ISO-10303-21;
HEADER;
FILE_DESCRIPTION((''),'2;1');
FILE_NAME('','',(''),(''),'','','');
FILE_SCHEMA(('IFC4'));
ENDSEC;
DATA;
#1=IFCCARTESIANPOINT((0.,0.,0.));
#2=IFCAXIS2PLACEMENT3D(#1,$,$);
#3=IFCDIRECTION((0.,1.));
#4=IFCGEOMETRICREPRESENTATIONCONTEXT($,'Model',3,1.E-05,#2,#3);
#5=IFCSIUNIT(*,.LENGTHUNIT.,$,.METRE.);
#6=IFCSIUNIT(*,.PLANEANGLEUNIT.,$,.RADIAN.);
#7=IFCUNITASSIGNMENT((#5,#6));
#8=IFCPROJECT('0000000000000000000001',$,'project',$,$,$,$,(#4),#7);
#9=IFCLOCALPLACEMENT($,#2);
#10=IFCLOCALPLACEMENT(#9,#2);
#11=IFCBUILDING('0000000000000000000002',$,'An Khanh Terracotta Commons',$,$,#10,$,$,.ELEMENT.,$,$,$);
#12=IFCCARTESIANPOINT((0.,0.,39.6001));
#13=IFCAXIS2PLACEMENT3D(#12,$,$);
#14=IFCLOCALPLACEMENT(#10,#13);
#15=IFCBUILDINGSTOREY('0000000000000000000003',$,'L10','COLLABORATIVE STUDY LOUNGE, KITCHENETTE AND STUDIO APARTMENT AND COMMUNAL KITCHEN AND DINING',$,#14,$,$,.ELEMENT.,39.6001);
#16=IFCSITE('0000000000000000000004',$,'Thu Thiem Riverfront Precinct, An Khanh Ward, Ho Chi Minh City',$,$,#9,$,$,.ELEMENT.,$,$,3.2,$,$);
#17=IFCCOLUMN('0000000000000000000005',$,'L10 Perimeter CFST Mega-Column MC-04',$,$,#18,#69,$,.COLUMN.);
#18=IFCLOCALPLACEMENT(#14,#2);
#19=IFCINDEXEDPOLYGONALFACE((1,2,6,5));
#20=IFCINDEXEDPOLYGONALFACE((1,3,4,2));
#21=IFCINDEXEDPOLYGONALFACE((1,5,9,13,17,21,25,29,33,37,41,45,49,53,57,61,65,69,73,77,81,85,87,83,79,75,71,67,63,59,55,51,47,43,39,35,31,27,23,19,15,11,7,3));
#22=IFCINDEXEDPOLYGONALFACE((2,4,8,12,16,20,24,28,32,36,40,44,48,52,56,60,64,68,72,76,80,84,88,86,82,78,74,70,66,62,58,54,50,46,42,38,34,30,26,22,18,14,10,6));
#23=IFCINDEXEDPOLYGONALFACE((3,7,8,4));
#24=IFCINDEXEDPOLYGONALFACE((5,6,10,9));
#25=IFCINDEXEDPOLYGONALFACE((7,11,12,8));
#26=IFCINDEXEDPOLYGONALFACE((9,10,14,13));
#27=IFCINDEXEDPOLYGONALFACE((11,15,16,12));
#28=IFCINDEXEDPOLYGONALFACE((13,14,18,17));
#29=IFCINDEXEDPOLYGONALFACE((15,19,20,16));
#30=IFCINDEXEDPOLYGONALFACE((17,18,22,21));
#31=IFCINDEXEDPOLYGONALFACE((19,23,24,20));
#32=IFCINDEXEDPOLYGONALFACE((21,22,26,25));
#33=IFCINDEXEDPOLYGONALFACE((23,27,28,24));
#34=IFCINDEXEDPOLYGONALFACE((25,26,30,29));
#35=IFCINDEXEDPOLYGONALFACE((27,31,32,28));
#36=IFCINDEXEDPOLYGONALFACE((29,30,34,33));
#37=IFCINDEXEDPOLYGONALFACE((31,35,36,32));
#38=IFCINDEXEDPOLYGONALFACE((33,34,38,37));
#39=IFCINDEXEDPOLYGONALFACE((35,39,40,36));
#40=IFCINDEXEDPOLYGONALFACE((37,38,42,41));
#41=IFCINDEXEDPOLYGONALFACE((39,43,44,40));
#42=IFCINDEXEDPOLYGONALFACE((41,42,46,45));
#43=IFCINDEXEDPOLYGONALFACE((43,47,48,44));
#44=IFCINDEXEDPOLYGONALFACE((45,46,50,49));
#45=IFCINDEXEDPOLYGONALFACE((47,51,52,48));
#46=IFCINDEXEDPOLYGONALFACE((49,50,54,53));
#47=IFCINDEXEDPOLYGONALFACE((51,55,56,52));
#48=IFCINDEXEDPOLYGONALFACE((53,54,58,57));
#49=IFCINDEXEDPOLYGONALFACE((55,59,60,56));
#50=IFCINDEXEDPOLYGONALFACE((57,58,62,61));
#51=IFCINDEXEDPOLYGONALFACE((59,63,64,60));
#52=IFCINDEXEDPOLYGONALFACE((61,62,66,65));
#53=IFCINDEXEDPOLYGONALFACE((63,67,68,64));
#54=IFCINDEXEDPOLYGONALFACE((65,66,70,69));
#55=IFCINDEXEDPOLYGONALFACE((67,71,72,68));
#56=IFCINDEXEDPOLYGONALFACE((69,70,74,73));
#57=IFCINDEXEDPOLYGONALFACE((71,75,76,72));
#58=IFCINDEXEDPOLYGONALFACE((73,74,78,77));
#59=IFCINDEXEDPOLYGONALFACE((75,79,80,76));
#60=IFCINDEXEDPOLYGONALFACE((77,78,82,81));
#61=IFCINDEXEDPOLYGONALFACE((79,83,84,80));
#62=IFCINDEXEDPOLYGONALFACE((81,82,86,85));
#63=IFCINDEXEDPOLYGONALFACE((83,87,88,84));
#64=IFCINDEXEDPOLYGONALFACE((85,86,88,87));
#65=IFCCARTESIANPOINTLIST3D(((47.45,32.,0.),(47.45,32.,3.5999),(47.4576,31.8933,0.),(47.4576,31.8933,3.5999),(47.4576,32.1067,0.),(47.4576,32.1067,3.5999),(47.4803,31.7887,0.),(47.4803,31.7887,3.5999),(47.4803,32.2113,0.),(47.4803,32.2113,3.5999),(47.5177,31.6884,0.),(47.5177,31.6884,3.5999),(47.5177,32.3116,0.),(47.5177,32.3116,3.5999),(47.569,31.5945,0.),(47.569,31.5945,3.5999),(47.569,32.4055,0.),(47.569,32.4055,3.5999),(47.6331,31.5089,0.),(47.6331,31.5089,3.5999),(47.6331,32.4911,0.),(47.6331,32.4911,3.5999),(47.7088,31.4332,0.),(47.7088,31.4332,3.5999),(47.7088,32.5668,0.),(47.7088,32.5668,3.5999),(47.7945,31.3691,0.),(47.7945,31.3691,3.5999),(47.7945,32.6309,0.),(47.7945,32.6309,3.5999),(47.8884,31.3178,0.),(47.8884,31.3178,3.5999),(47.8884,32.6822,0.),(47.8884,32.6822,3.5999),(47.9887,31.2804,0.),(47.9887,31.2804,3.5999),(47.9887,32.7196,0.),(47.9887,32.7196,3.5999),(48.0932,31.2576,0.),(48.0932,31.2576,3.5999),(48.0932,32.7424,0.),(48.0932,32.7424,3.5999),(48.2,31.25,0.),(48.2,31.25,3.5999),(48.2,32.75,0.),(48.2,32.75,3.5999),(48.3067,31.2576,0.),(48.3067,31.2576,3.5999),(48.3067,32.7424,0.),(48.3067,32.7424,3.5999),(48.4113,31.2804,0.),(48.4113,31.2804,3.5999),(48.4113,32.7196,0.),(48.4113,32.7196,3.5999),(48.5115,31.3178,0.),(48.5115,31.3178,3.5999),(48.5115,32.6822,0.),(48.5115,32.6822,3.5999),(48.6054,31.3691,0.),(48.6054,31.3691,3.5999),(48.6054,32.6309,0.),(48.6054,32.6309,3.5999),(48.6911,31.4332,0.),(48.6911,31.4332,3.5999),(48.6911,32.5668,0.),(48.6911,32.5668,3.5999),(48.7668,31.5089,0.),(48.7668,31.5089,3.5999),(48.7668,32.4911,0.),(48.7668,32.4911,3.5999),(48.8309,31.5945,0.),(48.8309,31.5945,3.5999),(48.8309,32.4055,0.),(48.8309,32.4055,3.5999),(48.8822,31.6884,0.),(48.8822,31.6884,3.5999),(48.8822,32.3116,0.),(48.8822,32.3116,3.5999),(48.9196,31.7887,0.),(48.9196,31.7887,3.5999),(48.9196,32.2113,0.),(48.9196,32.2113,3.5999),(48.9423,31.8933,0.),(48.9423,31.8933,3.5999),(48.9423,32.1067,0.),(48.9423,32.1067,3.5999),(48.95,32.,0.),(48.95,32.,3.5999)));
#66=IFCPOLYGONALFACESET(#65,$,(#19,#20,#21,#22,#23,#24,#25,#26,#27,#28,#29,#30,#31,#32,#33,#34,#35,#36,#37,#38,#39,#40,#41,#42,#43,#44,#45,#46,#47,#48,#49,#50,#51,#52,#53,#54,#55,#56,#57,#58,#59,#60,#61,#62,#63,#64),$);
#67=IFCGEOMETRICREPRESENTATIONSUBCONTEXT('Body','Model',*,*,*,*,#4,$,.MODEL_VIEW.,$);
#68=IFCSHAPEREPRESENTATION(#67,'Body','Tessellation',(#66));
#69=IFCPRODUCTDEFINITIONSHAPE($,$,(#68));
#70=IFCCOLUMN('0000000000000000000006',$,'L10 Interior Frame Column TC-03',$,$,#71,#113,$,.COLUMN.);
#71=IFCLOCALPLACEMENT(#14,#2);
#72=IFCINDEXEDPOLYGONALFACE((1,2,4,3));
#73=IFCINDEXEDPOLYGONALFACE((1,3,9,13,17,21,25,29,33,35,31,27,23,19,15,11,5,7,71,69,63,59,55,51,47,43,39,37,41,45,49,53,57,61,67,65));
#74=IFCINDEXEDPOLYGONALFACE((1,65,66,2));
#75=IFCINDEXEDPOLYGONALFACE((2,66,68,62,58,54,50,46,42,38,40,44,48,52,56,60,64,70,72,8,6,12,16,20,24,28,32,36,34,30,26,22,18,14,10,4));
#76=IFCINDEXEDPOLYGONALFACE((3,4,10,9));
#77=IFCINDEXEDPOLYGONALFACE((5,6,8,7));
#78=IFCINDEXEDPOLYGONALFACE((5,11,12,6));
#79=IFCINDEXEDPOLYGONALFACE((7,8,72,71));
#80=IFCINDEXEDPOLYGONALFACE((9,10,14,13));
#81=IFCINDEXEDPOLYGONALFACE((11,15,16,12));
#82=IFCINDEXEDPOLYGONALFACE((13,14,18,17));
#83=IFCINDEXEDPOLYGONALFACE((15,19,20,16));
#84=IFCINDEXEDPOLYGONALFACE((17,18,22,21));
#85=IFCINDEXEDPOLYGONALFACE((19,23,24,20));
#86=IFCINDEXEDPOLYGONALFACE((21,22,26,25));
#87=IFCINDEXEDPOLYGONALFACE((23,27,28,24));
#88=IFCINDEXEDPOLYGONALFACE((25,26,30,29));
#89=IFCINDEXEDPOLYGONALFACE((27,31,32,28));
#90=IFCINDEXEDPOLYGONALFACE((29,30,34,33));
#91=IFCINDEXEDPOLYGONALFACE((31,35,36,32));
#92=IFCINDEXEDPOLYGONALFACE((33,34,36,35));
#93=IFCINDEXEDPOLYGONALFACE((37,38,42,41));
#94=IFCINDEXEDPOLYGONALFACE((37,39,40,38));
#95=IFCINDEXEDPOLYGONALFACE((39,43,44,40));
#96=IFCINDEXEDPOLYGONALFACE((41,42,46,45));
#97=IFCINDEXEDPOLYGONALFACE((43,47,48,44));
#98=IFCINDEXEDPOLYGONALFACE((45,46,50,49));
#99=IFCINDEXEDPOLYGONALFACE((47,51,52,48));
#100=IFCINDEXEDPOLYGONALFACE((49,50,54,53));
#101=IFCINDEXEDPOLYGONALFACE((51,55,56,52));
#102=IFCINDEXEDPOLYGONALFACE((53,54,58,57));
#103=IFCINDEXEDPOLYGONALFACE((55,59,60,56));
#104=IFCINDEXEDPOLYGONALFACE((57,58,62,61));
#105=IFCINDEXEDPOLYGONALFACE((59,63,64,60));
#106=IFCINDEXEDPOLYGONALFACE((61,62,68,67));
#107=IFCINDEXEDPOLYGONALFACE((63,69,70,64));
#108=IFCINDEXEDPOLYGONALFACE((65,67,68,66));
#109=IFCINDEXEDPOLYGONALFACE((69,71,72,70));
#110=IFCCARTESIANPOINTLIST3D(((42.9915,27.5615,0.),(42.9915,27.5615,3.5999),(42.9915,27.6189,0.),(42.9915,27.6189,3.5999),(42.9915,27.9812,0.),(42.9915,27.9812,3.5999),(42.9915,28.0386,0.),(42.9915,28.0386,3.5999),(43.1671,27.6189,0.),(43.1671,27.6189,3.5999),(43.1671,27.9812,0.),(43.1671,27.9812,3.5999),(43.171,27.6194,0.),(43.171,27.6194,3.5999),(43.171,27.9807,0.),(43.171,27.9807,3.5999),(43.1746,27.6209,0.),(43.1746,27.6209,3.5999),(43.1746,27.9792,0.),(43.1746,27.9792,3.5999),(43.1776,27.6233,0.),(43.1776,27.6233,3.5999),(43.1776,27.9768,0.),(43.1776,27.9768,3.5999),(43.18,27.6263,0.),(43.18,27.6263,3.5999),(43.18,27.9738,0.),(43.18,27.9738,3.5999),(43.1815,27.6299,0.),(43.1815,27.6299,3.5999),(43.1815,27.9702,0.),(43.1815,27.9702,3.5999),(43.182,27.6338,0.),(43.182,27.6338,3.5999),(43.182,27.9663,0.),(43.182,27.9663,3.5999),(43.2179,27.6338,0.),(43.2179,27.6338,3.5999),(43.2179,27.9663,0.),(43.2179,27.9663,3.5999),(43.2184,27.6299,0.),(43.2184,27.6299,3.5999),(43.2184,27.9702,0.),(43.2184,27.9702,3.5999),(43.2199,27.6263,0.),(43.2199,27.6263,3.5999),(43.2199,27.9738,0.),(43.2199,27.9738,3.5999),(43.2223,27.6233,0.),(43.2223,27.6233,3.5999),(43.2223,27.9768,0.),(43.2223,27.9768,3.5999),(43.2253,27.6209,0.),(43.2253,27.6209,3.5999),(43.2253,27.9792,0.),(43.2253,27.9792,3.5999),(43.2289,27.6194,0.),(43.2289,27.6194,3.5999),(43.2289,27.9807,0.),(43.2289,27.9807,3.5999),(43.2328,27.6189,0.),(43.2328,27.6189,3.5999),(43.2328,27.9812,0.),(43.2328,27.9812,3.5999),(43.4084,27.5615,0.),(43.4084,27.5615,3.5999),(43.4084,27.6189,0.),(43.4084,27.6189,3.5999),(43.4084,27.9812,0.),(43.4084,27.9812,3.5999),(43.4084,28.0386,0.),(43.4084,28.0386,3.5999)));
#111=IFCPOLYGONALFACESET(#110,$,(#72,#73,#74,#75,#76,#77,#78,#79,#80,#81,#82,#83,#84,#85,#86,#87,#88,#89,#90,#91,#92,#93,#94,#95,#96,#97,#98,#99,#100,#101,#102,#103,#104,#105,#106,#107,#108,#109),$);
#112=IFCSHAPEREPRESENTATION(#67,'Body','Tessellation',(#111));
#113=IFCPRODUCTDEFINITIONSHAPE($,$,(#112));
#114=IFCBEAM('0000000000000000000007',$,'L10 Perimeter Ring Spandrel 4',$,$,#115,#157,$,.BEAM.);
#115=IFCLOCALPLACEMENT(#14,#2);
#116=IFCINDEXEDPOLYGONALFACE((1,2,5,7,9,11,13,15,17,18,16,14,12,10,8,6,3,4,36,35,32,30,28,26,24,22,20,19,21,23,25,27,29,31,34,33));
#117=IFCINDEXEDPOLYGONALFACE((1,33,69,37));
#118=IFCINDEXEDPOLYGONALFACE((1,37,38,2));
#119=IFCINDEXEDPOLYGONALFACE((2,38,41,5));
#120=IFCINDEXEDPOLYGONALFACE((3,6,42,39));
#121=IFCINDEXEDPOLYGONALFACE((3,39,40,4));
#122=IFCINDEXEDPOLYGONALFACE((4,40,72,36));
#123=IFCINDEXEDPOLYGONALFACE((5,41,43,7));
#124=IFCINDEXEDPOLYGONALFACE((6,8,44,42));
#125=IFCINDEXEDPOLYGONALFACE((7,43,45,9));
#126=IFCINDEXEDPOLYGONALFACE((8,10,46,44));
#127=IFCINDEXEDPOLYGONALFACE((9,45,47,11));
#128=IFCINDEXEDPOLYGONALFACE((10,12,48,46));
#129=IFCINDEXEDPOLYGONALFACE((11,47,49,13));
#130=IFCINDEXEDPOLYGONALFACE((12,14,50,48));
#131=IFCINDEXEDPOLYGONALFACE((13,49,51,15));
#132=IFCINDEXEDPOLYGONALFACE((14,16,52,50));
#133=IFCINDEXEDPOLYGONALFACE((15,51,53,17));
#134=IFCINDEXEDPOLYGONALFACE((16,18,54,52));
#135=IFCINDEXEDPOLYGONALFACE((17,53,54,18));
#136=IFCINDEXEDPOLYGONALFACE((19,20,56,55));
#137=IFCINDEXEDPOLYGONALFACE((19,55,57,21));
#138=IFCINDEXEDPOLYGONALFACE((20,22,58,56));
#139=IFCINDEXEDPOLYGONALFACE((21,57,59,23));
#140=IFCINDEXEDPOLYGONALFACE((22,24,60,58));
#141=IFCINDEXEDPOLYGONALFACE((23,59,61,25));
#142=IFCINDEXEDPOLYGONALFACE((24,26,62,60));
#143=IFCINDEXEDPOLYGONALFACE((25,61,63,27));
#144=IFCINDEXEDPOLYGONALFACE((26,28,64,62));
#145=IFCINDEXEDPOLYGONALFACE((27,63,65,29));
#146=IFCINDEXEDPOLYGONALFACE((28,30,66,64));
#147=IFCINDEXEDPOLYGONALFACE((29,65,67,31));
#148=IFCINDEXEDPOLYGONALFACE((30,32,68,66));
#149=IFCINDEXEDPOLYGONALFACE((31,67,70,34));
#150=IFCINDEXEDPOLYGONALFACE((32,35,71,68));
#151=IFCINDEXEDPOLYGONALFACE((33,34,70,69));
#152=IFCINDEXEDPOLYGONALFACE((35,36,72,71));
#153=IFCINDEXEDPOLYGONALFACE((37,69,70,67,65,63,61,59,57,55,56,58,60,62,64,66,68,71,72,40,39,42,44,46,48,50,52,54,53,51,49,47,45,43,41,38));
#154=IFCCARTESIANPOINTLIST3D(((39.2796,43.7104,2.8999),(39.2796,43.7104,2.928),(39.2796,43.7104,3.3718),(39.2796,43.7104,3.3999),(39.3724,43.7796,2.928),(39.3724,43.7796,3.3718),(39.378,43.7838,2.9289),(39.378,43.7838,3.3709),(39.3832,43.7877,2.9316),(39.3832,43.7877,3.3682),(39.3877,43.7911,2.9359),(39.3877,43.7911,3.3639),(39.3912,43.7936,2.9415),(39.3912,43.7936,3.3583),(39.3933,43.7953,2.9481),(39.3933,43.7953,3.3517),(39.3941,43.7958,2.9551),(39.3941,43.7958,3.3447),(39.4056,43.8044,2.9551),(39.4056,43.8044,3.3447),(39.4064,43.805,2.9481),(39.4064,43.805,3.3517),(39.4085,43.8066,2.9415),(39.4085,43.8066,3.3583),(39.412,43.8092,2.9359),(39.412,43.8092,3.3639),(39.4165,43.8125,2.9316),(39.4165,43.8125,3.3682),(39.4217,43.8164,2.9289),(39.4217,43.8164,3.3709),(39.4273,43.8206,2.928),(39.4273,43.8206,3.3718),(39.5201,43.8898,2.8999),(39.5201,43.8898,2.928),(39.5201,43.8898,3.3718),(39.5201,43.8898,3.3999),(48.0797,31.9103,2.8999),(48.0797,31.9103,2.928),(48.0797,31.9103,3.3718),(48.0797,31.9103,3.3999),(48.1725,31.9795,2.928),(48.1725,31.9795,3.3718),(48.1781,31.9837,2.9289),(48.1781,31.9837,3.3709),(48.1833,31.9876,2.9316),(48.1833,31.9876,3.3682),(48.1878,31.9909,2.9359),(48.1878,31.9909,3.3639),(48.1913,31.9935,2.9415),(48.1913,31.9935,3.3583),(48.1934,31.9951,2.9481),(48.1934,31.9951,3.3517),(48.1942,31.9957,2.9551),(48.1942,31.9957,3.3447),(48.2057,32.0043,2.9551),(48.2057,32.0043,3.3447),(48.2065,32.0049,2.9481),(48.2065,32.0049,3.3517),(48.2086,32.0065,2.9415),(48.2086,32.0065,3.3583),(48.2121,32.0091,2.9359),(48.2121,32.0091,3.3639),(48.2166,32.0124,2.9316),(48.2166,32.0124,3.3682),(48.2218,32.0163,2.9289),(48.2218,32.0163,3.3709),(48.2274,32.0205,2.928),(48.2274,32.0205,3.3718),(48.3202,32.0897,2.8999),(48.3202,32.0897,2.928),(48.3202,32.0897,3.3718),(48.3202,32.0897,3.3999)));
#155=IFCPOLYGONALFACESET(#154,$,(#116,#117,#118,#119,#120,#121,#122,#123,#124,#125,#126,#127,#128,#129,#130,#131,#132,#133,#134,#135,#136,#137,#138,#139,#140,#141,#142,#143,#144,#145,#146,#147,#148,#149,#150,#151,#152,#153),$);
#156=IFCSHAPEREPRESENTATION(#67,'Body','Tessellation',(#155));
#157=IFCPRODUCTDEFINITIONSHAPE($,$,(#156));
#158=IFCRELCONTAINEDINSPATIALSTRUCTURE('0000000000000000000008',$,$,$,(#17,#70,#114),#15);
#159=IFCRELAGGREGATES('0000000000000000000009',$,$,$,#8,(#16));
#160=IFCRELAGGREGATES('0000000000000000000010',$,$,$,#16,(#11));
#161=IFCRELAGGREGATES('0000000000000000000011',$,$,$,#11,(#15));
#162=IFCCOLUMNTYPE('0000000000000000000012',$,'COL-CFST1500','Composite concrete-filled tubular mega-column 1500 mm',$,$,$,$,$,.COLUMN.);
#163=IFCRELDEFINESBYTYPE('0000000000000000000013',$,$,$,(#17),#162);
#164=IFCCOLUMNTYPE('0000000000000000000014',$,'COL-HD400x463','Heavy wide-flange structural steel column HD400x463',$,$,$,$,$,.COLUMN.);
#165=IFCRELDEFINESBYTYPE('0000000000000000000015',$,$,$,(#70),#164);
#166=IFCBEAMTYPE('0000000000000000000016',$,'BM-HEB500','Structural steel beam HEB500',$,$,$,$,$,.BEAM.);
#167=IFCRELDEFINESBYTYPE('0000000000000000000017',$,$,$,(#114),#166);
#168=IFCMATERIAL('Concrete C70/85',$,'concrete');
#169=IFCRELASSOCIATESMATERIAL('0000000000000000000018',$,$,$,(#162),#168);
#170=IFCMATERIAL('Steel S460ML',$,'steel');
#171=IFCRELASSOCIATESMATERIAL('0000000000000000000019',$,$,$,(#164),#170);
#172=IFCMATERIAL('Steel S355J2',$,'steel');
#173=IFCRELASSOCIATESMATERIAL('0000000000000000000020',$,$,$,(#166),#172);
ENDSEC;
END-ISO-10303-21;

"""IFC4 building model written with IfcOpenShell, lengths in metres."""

from ifc_helpers import new_model, si_unit, direction, frame, origin, origin_2d, place, context, subcontext, project, spatial, circle, i_section, extrude, material, material_profile, profile_set, type_object, element, save


model = new_model("IFC4")

# Units and contexts
model_context = context("Model", 3, precision=1e-05, world=origin(), true_north=direction((0.0, 1.0)))
body_context = subcontext(model_context, "Body", "Model", "MODEL_VIEW")
ifc_project = project(units=[si_unit("LENGTHUNIT", "METRE"), si_unit("PLANEANGLEUNIT", "RADIAN")], contexts=[model_context])

# Site, building, storey
site_placement = place(None, origin())
site = spatial("IfcSite", under=ifc_project, at=site_placement, Name="Thu Thiem Riverfront Precinct, An Khanh Ward, Ho Chi Minh City", CompositionType="ELEMENT", RefElevation=3.2)
building_placement = place(site_placement, origin())
building = spatial("IfcBuilding", under=site, at=building_placement, Name="An Khanh Terracotta Commons", CompositionType="ELEMENT")
storey_placement = place(building_placement, frame((0.0, 0.0, 39.6001)))
storey = spatial("IfcBuildingStorey", under=building, at=storey_placement, Name="L10", Description="COLLABORATIVE STUDY LOUNGE, KITCHENETTE AND STUDIO APARTMENT AND COMMUNAL KITCHEN AND DINING", CompositionType="ELEMENT", Elevation=39.6001)

# Columns
ifc_material_1 = material(Name="Concrete C70/85", Category="concrete")
ifc_material_profile_1 = material_profile(ifc_material_1, circle(Radius=0.75, at=origin_2d()), Name="CFST1500")
ifc_profile_set_1 = profile_set([ifc_material_profile_1], Name="Concrete C70/85")
column_type_1 = type_object("IfcColumnType", Name="COL-CFST1500", Description="Composite concrete-filled tubular mega-column 1500 mm", PredefinedType="COLUMN", material=ifc_profile_set_1)
column_1_placement = place(storey_placement, frame((48.2, 32.0, 0.0), z_axis=(0.0, 0.0, 1.0), x_axis=(1.0, 0.0, 0.0)))
element("IfcColumn", 1, at=column_1_placement, inside=storey, type_object=column_type_1, Name="L10 Perimeter CFST Mega-Column MC-04", PredefinedType="COLUMN", context=body_context, shape_type="SweptSolid", body=[
    extrude(circle(Radius=0.75, at=origin_2d()), origin(), (0.0, 0.0, 1.0), 3.5999),
])
ifc_material_2 = material(Name="Steel S460ML", Category="steel")
ifc_material_profile_2 = material_profile(ifc_material_2, i_section(OverallWidth=0.417, OverallDepth=0.4771, WebThickness=0.0359, FlangeThickness=0.0574, FilletRadius=0.0149, at=origin_2d()), Name="HD400x463")
ifc_profile_set_2 = profile_set([ifc_material_profile_2], Name="Steel S460ML")
column_type_2 = type_object("IfcColumnType", Name="COL-HD400x463", Description="Heavy wide-flange structural steel column HD400x463", PredefinedType="COLUMN", material=ifc_profile_set_2)
column_2_placement = place(storey_placement, frame((43.2, 27.8, 0.0), z_axis=(0.0, 0.0, 1.0), x_axis=(1.0, 0.0, 0.0)))
element("IfcColumn", 2, at=column_2_placement, inside=storey, type_object=column_type_2, Name="L10 Interior Frame Column TC-03", PredefinedType="COLUMN", context=body_context, shape_type="SweptSolid", body=[
    extrude(i_section(OverallWidth=0.417, OverallDepth=0.4771, WebThickness=0.0359, FlangeThickness=0.0574, FilletRadius=0.0149, at=origin_2d()), origin(), (0.0, 0.0, 1.0), 3.5999),
])

# Beam
ifc_material_3 = material(Name="Steel S355J2", Category="steel")
ifc_material_profile_3 = material_profile(ifc_material_3, i_section(OverallWidth=0.3, OverallDepth=0.5, WebThickness=0.0144, FlangeThickness=0.0281, FilletRadius=0.0271, at=origin_2d()), Name="HEB500")
ifc_profile_set_3 = profile_set([ifc_material_profile_3], Name="Steel S355J2")
beam_type_1 = type_object("IfcBeamType", Name="BM-HEB500", Description="Structural steel beam HEB500", PredefinedType="BEAM", material=ifc_profile_set_3)
beam_1_placement = place(storey_placement, frame((48.2, 32.0, 3.1499), z_axis=(-0.597824, 0.801627, 0.0), x_axis=(-0.801627, -0.597824, 0.0)))
element("IfcBeam", 3, at=beam_1_placement, inside=storey, type_object=beam_type_1, Name="L10 Perimeter Ring Spandrel 4", PredefinedType="BEAM", context=body_context, shape_type="SweptSolid", body=[
    extrude(i_section(OverallWidth=0.3, OverallDepth=0.5, WebThickness=0.0144, FlangeThickness=0.0281, FilletRadius=0.0271, at=origin_2d()), origin(), (0.0, 0.0, 1.0), 14.7202),
])

save(model, "model.ifc")
